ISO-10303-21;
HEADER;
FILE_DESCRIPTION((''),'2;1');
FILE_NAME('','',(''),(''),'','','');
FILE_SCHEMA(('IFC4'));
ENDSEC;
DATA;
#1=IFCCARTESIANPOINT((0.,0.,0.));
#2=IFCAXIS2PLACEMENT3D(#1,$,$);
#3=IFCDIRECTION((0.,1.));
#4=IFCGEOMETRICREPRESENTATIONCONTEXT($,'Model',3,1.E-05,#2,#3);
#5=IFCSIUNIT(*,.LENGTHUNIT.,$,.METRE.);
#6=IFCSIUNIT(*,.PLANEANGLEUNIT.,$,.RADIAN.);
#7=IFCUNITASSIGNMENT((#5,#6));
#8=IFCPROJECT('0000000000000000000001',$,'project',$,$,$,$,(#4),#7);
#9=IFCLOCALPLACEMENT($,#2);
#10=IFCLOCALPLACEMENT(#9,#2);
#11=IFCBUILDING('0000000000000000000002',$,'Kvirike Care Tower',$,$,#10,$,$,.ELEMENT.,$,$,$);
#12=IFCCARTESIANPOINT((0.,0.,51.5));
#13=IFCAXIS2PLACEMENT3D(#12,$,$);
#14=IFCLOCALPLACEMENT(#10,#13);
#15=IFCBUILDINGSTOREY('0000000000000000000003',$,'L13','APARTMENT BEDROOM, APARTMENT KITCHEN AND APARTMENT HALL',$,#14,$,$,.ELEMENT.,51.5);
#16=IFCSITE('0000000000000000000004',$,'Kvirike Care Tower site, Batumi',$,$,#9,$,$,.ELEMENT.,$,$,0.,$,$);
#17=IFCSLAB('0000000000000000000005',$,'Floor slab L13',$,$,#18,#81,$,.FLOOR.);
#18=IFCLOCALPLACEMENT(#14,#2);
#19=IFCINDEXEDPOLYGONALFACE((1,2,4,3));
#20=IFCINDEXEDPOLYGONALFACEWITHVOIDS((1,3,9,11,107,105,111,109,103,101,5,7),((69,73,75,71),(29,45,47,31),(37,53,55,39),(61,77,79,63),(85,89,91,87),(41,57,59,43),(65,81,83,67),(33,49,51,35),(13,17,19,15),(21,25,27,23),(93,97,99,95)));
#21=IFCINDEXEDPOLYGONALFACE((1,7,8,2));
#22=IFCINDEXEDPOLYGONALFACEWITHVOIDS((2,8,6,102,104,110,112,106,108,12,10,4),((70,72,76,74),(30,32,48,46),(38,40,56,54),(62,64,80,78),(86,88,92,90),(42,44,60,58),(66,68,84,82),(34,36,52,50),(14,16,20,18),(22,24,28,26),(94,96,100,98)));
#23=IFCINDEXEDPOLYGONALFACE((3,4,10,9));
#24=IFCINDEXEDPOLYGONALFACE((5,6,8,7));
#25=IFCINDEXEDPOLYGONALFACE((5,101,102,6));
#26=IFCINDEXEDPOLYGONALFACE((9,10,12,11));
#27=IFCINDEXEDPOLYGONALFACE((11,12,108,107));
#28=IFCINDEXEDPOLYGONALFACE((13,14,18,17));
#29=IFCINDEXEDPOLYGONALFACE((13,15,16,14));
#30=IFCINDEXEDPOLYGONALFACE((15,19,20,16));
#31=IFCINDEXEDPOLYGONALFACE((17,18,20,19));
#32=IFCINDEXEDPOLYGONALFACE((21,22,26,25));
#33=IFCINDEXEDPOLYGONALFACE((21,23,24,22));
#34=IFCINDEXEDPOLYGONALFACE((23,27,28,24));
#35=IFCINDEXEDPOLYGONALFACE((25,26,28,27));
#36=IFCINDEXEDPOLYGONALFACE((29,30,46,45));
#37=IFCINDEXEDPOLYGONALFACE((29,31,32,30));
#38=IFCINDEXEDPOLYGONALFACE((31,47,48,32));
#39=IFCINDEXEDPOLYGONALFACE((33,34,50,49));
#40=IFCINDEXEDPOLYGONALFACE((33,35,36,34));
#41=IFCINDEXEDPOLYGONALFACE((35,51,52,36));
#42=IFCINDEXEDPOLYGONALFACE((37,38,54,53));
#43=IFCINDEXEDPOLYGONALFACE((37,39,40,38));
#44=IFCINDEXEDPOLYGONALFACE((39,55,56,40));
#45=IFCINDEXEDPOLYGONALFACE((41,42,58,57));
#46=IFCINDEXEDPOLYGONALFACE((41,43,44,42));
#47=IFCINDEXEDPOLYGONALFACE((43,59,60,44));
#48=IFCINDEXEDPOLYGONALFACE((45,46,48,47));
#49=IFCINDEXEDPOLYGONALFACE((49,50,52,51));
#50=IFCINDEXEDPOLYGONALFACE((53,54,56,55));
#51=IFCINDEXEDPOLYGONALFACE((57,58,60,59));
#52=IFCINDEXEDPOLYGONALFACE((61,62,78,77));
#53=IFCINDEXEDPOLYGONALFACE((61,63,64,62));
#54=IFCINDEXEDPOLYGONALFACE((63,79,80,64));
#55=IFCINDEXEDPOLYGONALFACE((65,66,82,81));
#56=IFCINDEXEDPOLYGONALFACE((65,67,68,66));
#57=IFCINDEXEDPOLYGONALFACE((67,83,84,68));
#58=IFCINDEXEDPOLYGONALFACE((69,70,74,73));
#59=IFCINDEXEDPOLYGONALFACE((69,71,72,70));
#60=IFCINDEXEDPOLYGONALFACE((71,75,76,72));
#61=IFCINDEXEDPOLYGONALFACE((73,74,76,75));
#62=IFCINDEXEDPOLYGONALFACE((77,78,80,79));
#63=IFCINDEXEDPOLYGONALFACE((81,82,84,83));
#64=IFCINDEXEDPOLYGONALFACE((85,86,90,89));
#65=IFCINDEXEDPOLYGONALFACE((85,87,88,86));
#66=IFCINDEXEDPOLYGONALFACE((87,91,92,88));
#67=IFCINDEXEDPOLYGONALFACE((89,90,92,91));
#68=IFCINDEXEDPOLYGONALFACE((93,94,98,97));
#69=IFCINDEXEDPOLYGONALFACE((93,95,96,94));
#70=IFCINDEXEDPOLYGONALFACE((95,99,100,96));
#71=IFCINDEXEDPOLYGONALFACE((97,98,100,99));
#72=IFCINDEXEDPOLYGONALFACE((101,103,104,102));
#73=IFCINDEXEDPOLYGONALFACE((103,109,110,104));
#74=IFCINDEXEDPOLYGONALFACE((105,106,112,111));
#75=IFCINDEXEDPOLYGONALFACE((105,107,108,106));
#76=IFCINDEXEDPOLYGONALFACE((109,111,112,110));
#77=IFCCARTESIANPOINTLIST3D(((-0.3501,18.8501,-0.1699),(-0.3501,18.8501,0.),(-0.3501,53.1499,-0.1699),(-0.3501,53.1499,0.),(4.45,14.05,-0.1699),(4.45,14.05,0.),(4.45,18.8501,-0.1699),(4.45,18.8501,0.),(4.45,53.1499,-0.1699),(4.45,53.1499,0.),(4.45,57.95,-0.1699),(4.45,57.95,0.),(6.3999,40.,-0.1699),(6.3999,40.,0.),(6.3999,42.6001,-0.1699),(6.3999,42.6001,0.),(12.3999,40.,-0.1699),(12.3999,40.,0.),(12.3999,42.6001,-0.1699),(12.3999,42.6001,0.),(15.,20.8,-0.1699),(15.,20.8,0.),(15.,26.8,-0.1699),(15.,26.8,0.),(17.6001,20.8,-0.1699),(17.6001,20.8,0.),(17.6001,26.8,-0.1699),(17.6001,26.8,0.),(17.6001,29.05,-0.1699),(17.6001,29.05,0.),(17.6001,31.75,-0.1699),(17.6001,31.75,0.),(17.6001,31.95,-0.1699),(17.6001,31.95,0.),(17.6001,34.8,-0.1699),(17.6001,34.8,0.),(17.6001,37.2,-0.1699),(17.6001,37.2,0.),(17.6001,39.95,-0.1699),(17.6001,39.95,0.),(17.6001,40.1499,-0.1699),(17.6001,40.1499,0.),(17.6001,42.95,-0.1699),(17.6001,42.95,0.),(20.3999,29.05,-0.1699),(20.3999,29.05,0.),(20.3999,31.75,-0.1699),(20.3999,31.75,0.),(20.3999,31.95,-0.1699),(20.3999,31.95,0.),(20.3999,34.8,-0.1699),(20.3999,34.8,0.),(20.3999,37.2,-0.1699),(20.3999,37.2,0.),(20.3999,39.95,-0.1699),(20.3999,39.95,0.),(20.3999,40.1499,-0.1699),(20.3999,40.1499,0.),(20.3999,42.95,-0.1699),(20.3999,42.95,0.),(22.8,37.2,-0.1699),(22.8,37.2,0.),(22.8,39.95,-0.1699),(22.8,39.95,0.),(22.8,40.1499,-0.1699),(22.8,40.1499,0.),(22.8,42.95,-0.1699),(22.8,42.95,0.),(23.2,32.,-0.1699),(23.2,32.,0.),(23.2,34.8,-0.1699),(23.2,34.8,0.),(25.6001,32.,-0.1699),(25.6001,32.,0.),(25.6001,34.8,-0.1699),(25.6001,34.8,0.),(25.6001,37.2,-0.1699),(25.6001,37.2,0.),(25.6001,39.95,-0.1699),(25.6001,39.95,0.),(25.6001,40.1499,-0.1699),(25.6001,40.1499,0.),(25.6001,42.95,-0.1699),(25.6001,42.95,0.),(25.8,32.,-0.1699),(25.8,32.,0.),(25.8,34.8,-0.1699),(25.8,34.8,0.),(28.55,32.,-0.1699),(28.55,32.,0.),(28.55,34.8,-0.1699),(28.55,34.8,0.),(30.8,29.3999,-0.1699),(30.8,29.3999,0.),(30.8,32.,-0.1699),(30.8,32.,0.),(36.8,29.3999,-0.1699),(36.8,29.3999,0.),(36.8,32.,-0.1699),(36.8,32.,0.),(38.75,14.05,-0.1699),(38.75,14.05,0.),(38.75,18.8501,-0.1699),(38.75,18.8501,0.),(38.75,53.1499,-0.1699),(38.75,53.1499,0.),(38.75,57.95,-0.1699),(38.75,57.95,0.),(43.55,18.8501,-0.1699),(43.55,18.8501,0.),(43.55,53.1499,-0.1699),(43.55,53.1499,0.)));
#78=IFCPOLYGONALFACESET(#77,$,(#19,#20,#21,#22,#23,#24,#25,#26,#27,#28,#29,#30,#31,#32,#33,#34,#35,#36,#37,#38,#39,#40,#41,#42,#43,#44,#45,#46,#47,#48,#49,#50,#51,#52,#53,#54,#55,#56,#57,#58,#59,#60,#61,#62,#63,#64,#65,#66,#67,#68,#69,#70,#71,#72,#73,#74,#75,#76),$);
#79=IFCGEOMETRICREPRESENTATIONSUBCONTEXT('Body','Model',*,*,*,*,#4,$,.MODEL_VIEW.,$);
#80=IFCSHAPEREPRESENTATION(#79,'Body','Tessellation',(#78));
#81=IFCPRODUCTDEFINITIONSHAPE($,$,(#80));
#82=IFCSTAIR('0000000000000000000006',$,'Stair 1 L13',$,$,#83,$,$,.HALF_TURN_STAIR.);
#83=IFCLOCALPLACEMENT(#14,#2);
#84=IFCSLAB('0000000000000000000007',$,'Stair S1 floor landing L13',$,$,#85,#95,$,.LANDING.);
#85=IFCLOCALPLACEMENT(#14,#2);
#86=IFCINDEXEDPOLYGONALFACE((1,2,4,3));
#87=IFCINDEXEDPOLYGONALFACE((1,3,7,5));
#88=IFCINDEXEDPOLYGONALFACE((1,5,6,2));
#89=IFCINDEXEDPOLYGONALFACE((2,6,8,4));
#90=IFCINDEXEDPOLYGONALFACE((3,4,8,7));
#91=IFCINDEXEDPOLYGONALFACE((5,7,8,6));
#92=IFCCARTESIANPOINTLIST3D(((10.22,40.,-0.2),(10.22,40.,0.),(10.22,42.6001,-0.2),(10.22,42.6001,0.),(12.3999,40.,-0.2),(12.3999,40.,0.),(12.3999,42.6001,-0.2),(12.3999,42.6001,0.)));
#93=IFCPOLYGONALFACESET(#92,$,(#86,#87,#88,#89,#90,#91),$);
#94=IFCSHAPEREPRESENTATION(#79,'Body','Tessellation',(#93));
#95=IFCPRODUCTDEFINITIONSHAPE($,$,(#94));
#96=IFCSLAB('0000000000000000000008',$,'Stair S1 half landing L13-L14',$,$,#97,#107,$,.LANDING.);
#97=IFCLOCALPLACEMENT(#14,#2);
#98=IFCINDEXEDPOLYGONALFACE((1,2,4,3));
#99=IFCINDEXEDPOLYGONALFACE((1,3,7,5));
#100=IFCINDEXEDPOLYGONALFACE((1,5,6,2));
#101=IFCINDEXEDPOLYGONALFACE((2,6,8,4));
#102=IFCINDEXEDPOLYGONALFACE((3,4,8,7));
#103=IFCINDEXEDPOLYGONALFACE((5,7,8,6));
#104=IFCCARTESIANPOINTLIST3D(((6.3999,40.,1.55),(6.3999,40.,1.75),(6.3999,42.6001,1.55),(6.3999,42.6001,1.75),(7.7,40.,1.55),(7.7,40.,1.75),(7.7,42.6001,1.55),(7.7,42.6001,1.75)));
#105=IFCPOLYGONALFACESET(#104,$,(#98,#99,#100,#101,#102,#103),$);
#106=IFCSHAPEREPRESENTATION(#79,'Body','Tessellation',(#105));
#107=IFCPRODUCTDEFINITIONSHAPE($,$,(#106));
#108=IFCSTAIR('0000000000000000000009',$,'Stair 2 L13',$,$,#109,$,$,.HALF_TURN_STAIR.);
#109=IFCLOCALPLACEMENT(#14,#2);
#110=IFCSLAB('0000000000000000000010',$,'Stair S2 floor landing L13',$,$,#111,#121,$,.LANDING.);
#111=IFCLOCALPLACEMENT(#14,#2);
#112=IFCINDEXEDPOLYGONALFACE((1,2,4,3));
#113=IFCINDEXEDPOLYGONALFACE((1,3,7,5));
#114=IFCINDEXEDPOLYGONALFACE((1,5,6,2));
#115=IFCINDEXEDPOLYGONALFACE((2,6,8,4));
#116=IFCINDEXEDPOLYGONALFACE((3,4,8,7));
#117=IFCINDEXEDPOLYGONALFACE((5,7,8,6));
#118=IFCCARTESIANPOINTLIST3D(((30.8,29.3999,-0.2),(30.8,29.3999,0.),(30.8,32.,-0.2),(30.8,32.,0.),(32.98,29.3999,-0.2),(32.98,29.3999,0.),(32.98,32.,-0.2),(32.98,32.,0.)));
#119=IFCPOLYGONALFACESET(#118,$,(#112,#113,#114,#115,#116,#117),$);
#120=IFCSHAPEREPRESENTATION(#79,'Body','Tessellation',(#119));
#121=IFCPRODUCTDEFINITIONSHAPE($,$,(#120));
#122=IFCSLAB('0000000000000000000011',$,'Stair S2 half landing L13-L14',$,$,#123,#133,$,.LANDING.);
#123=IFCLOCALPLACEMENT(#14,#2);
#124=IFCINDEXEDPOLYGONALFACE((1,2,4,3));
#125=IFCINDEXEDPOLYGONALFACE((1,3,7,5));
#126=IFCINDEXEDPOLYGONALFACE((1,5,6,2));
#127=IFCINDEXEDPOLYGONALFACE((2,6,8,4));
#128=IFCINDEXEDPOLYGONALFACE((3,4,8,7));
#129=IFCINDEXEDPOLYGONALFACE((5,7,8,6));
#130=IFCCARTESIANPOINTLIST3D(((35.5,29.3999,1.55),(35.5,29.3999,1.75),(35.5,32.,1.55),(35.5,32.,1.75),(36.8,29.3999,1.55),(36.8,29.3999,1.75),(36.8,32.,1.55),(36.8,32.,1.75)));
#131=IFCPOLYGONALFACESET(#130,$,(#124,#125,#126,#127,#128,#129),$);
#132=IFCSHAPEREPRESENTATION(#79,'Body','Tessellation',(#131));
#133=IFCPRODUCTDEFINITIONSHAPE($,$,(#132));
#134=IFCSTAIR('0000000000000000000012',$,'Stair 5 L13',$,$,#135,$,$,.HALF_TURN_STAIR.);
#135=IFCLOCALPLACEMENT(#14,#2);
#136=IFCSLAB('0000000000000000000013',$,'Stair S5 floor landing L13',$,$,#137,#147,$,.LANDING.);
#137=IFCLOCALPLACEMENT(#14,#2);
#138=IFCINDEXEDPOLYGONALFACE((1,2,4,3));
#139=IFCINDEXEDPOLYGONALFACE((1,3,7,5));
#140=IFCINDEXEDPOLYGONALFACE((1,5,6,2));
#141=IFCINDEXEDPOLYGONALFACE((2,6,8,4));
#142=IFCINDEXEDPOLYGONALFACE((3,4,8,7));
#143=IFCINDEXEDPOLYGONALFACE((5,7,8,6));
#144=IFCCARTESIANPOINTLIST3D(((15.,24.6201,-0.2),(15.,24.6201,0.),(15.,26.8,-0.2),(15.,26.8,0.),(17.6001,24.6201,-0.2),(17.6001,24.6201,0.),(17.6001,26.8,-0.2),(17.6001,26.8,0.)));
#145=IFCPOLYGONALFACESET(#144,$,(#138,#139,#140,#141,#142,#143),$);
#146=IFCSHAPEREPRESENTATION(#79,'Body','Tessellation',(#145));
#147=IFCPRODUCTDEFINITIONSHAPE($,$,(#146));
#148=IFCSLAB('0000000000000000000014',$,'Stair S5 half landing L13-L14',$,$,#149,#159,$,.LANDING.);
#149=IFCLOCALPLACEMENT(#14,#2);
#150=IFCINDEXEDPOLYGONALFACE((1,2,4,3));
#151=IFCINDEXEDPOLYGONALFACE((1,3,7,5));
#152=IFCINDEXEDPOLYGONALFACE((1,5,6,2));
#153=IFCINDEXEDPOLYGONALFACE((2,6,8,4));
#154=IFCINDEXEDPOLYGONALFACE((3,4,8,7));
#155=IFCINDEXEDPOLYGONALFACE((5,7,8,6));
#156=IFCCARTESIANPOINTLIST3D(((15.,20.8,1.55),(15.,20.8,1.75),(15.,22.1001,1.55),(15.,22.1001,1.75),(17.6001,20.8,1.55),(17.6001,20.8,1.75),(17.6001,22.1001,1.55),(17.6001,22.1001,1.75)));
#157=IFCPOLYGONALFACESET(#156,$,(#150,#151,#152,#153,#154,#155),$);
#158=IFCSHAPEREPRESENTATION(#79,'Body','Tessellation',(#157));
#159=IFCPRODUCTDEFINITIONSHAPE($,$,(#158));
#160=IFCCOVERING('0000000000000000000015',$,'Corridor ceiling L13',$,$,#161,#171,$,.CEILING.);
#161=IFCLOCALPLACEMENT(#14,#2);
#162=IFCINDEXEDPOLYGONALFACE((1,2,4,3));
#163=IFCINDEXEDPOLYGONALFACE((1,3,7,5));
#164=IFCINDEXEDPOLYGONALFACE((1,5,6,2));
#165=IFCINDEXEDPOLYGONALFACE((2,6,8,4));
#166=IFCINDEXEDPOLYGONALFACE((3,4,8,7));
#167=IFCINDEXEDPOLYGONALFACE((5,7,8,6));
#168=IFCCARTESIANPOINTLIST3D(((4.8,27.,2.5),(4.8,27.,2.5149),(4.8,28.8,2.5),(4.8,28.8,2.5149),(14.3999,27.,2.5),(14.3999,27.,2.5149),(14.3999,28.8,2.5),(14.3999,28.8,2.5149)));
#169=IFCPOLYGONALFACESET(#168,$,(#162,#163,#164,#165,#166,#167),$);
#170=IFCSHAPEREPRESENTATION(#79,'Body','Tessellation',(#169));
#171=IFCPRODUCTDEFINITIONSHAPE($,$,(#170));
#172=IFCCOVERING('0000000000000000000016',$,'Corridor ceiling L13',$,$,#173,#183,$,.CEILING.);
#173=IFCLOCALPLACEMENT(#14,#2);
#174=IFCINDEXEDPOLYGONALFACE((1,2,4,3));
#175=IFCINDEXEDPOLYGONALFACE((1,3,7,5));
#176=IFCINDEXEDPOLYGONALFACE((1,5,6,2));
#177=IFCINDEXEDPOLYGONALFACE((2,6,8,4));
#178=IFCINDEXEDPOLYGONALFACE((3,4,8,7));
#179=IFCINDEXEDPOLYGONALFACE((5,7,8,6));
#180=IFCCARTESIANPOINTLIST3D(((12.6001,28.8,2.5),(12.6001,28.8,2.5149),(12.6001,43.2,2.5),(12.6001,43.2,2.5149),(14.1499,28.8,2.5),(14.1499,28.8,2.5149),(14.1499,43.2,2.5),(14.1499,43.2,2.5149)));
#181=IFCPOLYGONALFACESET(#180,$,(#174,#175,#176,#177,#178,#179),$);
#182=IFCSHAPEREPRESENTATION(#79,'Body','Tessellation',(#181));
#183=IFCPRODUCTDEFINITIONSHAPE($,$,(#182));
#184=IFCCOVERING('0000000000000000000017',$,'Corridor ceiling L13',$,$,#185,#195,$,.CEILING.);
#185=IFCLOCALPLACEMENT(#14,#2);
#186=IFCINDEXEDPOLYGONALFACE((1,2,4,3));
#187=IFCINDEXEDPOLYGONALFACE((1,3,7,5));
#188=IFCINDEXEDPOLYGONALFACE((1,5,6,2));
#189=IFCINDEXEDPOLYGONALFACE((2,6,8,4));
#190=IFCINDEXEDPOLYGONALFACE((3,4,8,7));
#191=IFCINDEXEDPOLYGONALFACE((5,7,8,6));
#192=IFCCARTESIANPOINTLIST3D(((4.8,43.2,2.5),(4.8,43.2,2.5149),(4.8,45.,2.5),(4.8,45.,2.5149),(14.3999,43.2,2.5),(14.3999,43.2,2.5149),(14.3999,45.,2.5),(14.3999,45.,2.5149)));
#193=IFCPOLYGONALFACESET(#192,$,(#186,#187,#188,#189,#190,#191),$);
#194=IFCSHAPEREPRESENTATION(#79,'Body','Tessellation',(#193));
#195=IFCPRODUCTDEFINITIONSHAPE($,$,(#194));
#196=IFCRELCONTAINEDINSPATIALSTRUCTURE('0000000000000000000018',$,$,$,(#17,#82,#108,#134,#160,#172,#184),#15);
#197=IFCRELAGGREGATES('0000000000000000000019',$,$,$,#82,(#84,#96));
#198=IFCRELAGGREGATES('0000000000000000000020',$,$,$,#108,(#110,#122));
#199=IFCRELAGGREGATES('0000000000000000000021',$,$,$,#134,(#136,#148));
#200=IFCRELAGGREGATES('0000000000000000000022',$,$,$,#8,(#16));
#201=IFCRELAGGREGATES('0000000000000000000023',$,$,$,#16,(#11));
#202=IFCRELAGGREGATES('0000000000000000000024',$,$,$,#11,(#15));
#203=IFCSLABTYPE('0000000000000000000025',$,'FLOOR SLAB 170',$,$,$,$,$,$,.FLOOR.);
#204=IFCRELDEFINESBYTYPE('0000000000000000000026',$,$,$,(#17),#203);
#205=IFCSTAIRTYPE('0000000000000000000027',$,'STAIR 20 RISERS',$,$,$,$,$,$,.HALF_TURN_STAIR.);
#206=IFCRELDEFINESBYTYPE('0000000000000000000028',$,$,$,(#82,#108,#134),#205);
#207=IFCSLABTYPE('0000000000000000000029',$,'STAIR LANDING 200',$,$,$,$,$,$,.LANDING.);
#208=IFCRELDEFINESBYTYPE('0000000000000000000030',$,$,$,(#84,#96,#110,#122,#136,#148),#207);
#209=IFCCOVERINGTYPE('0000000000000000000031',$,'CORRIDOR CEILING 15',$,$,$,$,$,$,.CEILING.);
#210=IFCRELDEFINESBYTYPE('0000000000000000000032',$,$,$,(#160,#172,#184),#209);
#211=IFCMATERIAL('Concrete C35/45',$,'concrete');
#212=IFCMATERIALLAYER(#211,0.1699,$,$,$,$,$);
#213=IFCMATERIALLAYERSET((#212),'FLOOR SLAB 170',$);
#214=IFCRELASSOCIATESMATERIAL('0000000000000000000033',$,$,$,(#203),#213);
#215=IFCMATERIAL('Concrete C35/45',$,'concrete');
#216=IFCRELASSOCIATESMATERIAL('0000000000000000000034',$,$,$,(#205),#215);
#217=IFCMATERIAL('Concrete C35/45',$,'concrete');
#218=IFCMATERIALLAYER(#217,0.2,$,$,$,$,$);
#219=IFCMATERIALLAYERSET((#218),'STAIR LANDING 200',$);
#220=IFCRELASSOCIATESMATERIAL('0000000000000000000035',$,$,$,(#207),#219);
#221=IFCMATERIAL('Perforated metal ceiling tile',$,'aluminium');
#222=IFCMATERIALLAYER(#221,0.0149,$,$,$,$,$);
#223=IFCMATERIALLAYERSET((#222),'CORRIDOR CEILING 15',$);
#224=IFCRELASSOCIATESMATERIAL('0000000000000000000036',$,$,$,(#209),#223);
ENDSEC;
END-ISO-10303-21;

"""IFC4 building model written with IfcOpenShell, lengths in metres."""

from ifc_helpers import new_model, si_unit, direction, frame, origin, place, context, subcontext, project, spatial, polyline, outline, extrude, material, layer, layer_set, type_object, element, aggregate, save


model = new_model("IFC4")

# Units and contexts
model_context = context("Model", 3, precision=1e-05, world=origin(), true_north=direction((0.0, 1.0)))
body_context = subcontext(model_context, "Body", "Model", "MODEL_VIEW")
ifc_project = project(units=[si_unit("LENGTHUNIT", "METRE"), si_unit("PLANEANGLEUNIT", "RADIAN")], contexts=[model_context])

# Site, building, storey
site_placement = place(None, origin())
site = spatial("IfcSite", under=ifc_project, at=site_placement, Name="Kvirike Care Tower site, Batumi", CompositionType="ELEMENT", RefElevation=0.0)
building_placement = place(site_placement, origin())
building = spatial("IfcBuilding", under=site, at=building_placement, Name="Kvirike Care Tower", CompositionType="ELEMENT")
storey_placement = place(building_placement, frame((0.0, 0.0, 51.5)))
storey = spatial("IfcBuildingStorey", under=building, at=storey_placement, Name="L13", Description="APARTMENT BEDROOM, APARTMENT KITCHEN AND APARTMENT HALL", CompositionType="ELEMENT", Elevation=51.5)

# Slab
ifc_material_1 = material(Name="Concrete C35/45", Category="concrete")
ifc_layer_1 = layer(ifc_material_1, 0.1699)
ifc_layer_set_1 = layer_set([ifc_layer_1], Name="FLOOR SLAB 170")
slab_type_1 = type_object("IfcSlabType", Name="FLOOR SLAB 170", PredefinedType="FLOOR", material=ifc_layer_set_1)
slab_1_placement = place(storey_placement, frame((0.0, 0.0, -0.1699)))
element("IfcSlab", 1, at=slab_1_placement, inside=storey, type_object=slab_type_1, Name="Floor slab L13", PredefinedType="FLOOR", context=body_context, shape_type="SweptSolid", body=[
    extrude(outline(polyline([(-0.3501, 53.1499), (-0.3501, 18.8501), (4.45, 18.8501), (4.45, 14.05), (38.75, 14.05), (38.75, 18.8501), (43.55, 18.8501), (43.55, 53.1499), (38.75, 53.1499), (38.75, 57.95), (4.45, 57.95), (4.45, 53.1499), (-0.3501, 53.1499)]), holes=[polyline([(17.6001, 29.05), (17.6001, 31.75), (20.3999, 31.75), (20.3999, 29.05), (17.6001, 29.05)]), polyline([(17.6001, 31.95), (17.6001, 34.8), (20.3999, 34.8), (20.3999, 31.95), (17.6001, 31.95)]), polyline([(17.6001, 37.2), (17.6001, 39.95), (20.3999, 39.95), (20.3999, 37.2), (17.6001, 37.2)]), polyline([(17.6001, 40.1499), (17.6001, 42.95), (20.3999, 42.95), (20.3999, 40.1499), (17.6001, 40.1499)]), polyline([(22.8, 37.2), (22.8, 39.95), (25.6001, 39.95), (25.6001, 37.2), (22.8, 37.2)]), polyline([(22.8, 40.1499), (22.8, 42.95), (25.6001, 42.95), (25.6001, 40.1499), (22.8, 40.1499)]), polyline([(23.2, 32.0), (23.2, 34.8), (25.6001, 34.8), (25.6001, 32.0), (23.2, 32.0)]), polyline([(25.8, 32.0), (25.8, 34.8), (28.55, 34.8), (28.55, 32.0), (25.8, 32.0)]), polyline([(12.3999, 42.6001), (12.3999, 40.0), (6.3999, 40.0), (6.3999, 42.6001), (12.3999, 42.6001)]), polyline([(30.8, 29.3999), (30.8, 32.0), (36.8, 32.0), (36.8, 29.3999), (30.8, 29.3999)]), polyline([(15.0, 26.8), (17.6001, 26.8), (17.6001, 20.8), (15.0, 20.8), (15.0, 26.8)])]), origin(), (0.0, 0.0, 1.0), 0.1699),
])

# Stairs, slabs
ifc_material_2 = material(Name="Concrete C35/45", Category="concrete")
stair_type = type_object("IfcStairType", Name="STAIR 20 RISERS", PredefinedType="HALF_TURN_STAIR", material=ifc_material_2)
stair_1_placement = place(storey_placement, origin())
stair_1 = element("IfcStair", 2, at=stair_1_placement, inside=storey, type_object=stair_type, Name="Stair 1 L13", PredefinedType="HALF_TURN_STAIR")
ifc_material_3 = material(Name="Concrete C35/45", Category="concrete")
ifc_layer_2 = layer(ifc_material_3, 0.2)
ifc_layer_set_2 = layer_set([ifc_layer_2], Name="STAIR LANDING 200")
slab_type_2 = type_object("IfcSlabType", Name="STAIR LANDING 200", PredefinedType="LANDING", material=ifc_layer_set_2)
slab_2_placement = place(storey_placement, frame((0.0, 0.0, -0.2)))
slab_2 = element("IfcSlab", 3, at=slab_2_placement, type_object=slab_type_2, Name="Stair S1 floor landing L13", PredefinedType="LANDING", context=body_context, shape_type="SweptSolid", body=[
    extrude(outline(polyline([(10.22, 42.6001), (10.22, 40.0), (12.3999, 40.0), (12.3999, 42.6001), (10.22, 42.6001)])), origin(), (0.0, 0.0, 1.0), 0.2),
])
slab_3_placement = place(storey_placement, frame((0.0, 0.0, 1.55)))
slab_3 = element("IfcSlab", 4, at=slab_3_placement, type_object=slab_type_2, Name="Stair S1 half landing L13-L14", PredefinedType="LANDING", context=body_context, shape_type="SweptSolid", body=[
    extrude(outline(polyline([(6.3999, 42.6001), (6.3999, 40.0), (7.7, 40.0), (7.7, 42.6001), (6.3999, 42.6001)])), origin(), (0.0, 0.0, 1.0), 0.2),
])
aggregate(stair_1, [slab_2, slab_3])
stair_2_placement = place(storey_placement, origin())
stair_2 = element("IfcStair", 5, at=stair_2_placement, inside=storey, type_object=stair_type, Name="Stair 2 L13", PredefinedType="HALF_TURN_STAIR")
slab_4_placement = place(storey_placement, frame((0.0, 0.0, -0.2)))
slab_4 = element("IfcSlab", 6, at=slab_4_placement, type_object=slab_type_2, Name="Stair S2 floor landing L13", PredefinedType="LANDING", context=body_context, shape_type="SweptSolid", body=[
    extrude(outline(polyline([(32.98, 29.3999), (32.98, 32.0), (30.8, 32.0), (30.8, 29.3999), (32.98, 29.3999)])), origin(), (0.0, 0.0, 1.0), 0.2),
])
slab_5_placement = place(storey_placement, frame((0.0, 0.0, 1.55)))
slab_5 = element("IfcSlab", 7, at=slab_5_placement, type_object=slab_type_2, Name="Stair S2 half landing L13-L14", PredefinedType="LANDING", context=body_context, shape_type="SweptSolid", body=[
    extrude(outline(polyline([(36.8, 29.3999), (36.8, 32.0), (35.5, 32.0), (35.5, 29.3999), (36.8, 29.3999)])), origin(), (0.0, 0.0, 1.0), 0.2),
])
aggregate(stair_2, [slab_4, slab_5])
stair_3_placement = place(storey_placement, origin())
stair_3 = element("IfcStair", 8, at=stair_3_placement, inside=storey, type_object=stair_type, Name="Stair 5 L13", PredefinedType="HALF_TURN_STAIR")
slab_6_placement = place(storey_placement, frame((0.0, 0.0, -0.2)))
slab_6 = element("IfcSlab", 9, at=slab_6_placement, type_object=slab_type_2, Name="Stair S5 floor landing L13", PredefinedType="LANDING", context=body_context, shape_type="SweptSolid", body=[
    extrude(outline(polyline([(15.0, 24.6201), (17.6001, 24.6201), (17.6001, 26.8), (15.0, 26.8), (15.0, 24.6201)])), origin(), (0.0, 0.0, 1.0), 0.2),
])
slab_7_placement = place(storey_placement, frame((0.0, 0.0, 1.55)))
slab_7 = element("IfcSlab", 10, at=slab_7_placement, type_object=slab_type_2, Name="Stair S5 half landing L13-L14", PredefinedType="LANDING", context=body_context, shape_type="SweptSolid", body=[
    extrude(outline(polyline([(15.0, 20.8), (17.6001, 20.8), (17.6001, 22.1001), (15.0, 22.1001), (15.0, 20.8)])), origin(), (0.0, 0.0, 1.0), 0.2),
])
aggregate(stair_3, [slab_6, slab_7])

# Coverings
ifc_material_4 = material(Name="Perforated metal ceiling tile", Category="aluminium")
ifc_layer_3 = layer(ifc_material_4, 0.0149)
ifc_layer_set_3 = layer_set([ifc_layer_3], Name="CORRIDOR CEILING 15")
covering_type_1 = type_object("IfcCoveringType", Name="CORRIDOR CEILING 15", PredefinedType="CEILING", material=ifc_layer_set_3)
covering_1_placement = place(storey_placement, frame((0.0, 0.0, 2.5)))
element("IfcCovering", 11, at=covering_1_placement, inside=storey, type_object=covering_type_1, Name="Corridor ceiling L13", PredefinedType="CEILING", context=body_context, shape_type="SweptSolid", body=[
    extrude(outline(polyline([(4.8, 27.0), (4.8, 28.8), (14.3999, 28.8), (14.3999, 27.0), (4.8, 27.0)])), origin(), (0.0, 0.0, 1.0), 0.0149),
])
covering_2_placement = place(storey_placement, frame((0.0, 0.0, 2.5)))
element("IfcCovering", 12, at=covering_2_placement, inside=storey, type_object=covering_type_1, Name="Corridor ceiling L13", PredefinedType="CEILING", context=body_context, shape_type="SweptSolid", body=[
    extrude(outline(polyline([(12.6001, 43.2), (14.1499, 43.2), (14.1499, 28.8), (12.6001, 28.8), (12.6001, 43.2)])), origin(), (0.0, 0.0, 1.0), 0.0149),
])
covering_3_placement = place(storey_placement, frame((0.0, 0.0, 2.5)))
element("IfcCovering", 13, at=covering_3_placement, inside=storey, type_object=covering_type_1, Name="Corridor ceiling L13", PredefinedType="CEILING", context=body_context, shape_type="SweptSolid", body=[
    extrude(outline(polyline([(14.3999, 45.0), (14.3999, 43.2), (4.8, 43.2), (4.8, 45.0), (14.3999, 45.0)])), origin(), (0.0, 0.0, 1.0), 0.0149),
])

save(model, "model.ifc")
